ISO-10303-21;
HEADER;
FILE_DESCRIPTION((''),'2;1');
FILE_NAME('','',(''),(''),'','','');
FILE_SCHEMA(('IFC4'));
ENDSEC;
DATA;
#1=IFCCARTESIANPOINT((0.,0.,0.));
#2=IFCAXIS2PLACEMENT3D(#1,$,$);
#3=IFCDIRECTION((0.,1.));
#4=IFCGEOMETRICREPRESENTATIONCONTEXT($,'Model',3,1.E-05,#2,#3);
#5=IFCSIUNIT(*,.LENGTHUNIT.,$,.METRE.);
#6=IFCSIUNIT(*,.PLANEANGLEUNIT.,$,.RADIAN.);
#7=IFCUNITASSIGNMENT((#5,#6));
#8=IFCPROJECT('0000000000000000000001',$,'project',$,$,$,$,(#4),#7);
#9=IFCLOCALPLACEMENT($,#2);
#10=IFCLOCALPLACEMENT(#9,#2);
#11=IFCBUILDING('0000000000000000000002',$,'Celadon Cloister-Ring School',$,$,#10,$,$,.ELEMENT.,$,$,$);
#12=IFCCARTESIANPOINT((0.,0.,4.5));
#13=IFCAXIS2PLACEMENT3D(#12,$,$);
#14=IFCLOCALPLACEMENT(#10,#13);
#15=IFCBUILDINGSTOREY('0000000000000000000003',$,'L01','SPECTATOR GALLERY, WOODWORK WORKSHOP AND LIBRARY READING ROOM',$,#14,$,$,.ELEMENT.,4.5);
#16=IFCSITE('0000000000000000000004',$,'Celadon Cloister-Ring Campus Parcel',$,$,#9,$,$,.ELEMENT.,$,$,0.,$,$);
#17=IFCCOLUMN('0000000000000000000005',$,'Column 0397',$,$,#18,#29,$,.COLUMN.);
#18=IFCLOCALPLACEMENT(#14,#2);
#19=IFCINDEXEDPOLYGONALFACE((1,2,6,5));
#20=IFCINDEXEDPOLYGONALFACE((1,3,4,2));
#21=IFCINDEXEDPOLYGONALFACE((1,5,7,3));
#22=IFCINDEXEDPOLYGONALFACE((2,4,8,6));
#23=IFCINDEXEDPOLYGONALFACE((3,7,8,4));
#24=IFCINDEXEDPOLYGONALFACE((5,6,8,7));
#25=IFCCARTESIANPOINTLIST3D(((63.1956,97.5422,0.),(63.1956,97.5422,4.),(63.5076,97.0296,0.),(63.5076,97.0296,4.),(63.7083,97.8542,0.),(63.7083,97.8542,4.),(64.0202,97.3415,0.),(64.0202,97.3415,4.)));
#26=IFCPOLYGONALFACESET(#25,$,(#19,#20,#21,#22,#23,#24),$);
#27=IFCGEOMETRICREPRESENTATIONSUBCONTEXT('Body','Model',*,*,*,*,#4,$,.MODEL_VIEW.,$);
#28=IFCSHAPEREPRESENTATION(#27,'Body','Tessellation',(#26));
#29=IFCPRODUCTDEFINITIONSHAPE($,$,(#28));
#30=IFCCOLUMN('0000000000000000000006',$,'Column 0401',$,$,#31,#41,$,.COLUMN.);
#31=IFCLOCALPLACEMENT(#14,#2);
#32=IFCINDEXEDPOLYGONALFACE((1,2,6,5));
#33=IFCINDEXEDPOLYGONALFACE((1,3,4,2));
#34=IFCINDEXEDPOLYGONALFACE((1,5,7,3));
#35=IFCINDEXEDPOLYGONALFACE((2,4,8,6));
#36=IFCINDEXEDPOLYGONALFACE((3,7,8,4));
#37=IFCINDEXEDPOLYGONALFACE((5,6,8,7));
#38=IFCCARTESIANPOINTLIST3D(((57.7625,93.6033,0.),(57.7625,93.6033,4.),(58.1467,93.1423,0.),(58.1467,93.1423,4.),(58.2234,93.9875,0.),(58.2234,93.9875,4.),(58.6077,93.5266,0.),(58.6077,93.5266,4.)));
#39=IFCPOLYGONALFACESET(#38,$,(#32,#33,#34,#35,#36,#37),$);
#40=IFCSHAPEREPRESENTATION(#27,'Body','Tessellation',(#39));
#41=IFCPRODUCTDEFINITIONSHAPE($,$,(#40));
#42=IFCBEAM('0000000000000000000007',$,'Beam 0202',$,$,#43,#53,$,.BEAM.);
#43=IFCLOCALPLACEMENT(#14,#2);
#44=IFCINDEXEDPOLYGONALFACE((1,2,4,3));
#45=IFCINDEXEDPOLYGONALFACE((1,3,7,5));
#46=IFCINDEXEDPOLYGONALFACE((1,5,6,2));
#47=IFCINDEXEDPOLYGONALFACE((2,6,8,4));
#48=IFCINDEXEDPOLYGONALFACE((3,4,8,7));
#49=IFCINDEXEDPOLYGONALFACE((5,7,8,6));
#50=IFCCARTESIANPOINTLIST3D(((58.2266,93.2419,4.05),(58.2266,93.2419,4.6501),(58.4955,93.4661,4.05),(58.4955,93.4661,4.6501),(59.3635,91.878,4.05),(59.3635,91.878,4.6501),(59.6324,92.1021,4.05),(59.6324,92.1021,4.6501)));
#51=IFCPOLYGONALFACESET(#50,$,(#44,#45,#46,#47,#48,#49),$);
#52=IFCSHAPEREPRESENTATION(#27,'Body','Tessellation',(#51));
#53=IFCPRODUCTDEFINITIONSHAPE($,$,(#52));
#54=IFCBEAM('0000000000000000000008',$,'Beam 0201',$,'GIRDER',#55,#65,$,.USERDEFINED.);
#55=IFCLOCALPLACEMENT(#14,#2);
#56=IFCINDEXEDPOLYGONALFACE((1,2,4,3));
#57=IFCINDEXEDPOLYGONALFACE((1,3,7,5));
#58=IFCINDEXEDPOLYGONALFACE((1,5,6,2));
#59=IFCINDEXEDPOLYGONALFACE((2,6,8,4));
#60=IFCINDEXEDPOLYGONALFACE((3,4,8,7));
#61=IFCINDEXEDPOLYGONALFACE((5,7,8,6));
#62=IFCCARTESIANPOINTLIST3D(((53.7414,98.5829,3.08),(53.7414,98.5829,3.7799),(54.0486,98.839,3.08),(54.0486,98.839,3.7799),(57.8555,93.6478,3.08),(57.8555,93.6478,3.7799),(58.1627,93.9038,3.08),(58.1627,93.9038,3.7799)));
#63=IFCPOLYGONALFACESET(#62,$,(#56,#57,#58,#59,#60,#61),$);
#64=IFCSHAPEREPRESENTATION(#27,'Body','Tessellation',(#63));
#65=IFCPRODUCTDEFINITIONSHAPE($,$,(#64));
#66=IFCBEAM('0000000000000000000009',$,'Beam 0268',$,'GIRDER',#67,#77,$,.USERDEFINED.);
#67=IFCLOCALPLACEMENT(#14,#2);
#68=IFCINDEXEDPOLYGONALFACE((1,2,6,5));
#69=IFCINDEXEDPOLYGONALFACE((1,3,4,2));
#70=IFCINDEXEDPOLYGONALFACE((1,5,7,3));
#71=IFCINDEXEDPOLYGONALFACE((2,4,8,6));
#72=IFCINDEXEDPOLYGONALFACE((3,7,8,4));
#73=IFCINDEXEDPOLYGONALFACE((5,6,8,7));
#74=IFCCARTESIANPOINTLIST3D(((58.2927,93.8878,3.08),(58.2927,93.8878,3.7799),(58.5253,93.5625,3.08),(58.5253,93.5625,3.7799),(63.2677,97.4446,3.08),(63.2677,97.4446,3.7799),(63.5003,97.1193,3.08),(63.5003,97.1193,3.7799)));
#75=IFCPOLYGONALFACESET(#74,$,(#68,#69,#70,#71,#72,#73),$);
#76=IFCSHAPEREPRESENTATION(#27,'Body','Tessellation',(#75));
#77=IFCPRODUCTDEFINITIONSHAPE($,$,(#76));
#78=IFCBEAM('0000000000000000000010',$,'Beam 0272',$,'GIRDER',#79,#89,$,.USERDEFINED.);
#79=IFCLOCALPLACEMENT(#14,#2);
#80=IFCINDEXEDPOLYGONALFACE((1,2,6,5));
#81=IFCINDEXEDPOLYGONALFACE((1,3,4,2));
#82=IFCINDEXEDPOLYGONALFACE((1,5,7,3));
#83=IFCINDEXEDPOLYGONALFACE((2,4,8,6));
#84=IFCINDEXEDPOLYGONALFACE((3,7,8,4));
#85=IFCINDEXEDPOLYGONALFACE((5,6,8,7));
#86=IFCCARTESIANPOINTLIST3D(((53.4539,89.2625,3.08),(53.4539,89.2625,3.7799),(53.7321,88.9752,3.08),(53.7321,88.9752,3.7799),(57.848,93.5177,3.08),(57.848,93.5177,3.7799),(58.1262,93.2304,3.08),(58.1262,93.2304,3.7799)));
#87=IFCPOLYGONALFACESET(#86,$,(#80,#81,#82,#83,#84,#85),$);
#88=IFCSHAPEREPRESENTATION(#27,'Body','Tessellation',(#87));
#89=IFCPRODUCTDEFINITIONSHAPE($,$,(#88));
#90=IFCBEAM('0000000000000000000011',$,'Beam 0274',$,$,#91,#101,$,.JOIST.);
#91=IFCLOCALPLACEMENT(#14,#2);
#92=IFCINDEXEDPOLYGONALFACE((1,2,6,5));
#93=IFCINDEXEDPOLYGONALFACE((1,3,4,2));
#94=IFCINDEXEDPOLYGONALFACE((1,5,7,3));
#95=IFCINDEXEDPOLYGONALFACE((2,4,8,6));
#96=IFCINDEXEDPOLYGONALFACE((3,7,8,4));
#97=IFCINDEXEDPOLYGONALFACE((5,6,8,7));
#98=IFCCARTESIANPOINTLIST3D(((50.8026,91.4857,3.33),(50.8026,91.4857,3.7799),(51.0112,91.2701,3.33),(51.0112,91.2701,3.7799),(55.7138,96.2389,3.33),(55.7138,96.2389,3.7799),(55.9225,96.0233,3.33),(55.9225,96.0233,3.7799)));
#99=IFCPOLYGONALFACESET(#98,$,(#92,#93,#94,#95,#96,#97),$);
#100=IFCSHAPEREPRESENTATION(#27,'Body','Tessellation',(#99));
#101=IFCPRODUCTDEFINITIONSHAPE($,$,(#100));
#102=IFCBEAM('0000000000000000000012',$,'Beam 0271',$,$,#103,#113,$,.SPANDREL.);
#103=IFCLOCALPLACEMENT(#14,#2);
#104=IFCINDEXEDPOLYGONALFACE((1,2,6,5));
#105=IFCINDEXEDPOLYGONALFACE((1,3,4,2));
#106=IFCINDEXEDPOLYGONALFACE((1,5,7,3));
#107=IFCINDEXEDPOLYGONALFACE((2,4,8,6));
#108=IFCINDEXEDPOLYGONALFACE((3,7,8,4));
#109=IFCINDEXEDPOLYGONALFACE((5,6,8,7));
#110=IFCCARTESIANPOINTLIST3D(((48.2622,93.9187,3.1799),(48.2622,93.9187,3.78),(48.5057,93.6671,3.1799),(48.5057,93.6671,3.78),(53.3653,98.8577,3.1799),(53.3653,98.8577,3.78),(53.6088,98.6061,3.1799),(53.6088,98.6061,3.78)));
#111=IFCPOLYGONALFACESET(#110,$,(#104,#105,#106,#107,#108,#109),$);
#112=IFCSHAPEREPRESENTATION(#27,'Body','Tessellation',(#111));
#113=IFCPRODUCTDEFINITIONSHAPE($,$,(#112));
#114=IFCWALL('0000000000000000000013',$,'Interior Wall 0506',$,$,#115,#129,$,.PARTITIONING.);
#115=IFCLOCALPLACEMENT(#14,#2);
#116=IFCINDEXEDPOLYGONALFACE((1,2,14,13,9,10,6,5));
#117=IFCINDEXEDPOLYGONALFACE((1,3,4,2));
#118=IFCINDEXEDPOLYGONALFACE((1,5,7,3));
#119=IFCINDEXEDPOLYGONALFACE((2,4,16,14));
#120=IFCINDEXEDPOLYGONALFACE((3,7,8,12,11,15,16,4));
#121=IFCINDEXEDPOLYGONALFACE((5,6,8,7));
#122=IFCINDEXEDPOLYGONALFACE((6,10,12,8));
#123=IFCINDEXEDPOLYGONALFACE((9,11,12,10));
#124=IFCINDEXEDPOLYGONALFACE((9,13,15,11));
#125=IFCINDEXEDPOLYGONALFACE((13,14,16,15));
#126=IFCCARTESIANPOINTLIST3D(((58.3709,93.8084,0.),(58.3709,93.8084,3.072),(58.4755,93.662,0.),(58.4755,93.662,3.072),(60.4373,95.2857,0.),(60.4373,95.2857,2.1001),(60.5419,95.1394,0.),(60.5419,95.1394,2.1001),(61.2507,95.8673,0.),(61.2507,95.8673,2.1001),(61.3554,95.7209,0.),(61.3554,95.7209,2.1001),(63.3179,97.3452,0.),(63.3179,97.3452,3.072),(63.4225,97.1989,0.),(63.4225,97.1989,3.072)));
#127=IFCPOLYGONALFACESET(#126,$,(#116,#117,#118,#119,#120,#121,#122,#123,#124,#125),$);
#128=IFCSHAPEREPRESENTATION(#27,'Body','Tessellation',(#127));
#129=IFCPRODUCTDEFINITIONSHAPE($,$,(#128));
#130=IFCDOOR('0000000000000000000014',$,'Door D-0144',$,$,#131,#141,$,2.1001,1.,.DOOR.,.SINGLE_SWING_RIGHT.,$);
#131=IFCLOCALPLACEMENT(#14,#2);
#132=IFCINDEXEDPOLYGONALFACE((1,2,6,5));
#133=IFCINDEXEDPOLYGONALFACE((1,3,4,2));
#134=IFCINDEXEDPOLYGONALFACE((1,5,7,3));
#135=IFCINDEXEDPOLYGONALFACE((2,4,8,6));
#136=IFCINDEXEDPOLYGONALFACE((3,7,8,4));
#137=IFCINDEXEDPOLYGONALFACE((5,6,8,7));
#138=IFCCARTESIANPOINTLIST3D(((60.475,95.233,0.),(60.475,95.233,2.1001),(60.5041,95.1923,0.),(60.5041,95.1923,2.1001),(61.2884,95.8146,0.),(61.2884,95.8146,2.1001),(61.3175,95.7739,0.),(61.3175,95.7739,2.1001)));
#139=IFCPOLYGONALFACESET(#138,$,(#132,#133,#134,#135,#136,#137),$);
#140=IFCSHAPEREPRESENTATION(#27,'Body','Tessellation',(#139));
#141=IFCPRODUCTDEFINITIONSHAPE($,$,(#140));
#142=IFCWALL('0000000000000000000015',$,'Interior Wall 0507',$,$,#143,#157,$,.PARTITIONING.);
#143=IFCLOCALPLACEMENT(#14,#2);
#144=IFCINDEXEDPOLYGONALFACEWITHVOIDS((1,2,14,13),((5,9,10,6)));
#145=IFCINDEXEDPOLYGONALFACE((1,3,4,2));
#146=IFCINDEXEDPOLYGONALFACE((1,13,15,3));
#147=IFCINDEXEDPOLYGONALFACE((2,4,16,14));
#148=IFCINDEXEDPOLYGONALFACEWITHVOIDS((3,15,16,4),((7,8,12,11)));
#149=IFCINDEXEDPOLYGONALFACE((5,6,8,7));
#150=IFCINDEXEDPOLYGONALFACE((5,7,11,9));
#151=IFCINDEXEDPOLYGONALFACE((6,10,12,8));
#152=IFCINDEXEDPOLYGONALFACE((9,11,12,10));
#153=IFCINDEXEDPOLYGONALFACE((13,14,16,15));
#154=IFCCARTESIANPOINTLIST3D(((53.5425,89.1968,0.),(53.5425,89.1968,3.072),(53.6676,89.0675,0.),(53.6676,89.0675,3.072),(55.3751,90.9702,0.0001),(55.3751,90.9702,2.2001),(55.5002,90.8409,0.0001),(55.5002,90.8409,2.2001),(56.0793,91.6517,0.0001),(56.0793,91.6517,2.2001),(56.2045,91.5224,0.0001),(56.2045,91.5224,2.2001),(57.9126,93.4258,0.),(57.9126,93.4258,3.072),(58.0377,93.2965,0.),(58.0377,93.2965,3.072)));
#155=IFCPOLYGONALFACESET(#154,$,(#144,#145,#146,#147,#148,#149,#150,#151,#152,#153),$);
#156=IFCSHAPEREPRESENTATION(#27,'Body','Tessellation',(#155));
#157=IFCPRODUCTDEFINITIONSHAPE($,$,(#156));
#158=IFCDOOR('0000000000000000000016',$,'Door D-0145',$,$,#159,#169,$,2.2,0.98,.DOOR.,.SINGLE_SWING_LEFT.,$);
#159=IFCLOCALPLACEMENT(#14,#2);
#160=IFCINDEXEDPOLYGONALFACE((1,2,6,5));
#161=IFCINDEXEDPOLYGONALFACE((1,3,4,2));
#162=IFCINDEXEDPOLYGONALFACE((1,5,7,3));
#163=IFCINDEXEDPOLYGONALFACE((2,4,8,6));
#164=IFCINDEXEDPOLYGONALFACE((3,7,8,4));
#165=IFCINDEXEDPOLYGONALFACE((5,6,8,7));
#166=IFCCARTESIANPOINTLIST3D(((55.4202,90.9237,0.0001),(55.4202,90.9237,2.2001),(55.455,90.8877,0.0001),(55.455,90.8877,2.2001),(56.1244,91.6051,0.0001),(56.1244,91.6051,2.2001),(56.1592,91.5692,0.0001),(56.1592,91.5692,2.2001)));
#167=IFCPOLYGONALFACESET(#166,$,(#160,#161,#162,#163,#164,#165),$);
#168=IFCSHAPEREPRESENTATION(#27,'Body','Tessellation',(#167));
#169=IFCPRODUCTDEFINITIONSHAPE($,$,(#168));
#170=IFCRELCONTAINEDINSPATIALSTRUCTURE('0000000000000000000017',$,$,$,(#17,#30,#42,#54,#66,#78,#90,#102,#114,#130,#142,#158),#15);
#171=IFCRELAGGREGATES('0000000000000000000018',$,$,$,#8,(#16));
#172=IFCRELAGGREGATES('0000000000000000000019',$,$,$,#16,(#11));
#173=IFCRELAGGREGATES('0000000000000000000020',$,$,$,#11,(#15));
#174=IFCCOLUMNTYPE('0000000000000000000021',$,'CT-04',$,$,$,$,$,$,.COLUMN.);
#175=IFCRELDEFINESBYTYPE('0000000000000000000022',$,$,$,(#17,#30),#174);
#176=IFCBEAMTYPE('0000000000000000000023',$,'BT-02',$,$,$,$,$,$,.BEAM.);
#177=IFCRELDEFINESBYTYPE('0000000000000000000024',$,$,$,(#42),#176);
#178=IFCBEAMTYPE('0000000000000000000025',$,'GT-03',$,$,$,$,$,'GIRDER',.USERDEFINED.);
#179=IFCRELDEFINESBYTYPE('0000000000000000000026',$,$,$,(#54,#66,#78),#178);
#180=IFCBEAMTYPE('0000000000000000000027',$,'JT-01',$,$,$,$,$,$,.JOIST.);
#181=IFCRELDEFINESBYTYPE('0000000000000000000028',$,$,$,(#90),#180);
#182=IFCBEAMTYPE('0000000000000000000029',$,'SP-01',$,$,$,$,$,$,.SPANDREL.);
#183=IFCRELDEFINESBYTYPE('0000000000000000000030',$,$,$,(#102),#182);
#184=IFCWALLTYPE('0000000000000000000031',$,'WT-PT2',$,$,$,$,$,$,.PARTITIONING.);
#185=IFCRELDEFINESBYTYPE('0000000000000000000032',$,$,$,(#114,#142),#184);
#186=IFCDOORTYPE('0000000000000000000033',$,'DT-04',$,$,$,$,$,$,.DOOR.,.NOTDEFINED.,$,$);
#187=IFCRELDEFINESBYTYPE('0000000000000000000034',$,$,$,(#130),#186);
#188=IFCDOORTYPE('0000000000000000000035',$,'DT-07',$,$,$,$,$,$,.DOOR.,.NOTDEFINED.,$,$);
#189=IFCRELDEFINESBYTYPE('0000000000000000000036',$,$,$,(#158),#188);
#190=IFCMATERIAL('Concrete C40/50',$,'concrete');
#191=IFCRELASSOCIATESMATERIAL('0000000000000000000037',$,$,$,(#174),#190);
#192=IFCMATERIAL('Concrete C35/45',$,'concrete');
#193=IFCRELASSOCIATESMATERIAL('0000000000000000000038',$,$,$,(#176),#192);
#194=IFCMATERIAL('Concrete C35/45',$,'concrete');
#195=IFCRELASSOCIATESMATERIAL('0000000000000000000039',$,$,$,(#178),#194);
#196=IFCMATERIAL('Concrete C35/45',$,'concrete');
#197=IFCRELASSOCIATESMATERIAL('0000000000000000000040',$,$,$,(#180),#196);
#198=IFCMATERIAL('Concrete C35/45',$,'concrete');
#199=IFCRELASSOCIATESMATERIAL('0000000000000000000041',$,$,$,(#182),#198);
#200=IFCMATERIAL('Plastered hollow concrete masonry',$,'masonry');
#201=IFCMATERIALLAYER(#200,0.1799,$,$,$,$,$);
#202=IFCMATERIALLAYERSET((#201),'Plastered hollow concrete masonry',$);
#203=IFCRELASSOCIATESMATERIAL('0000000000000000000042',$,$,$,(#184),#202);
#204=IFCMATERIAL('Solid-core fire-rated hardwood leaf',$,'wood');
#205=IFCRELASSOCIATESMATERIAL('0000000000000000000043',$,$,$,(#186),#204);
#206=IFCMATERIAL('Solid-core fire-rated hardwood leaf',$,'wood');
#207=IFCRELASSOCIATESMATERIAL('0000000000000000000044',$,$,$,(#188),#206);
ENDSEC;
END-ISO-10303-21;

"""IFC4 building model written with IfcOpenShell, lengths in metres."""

from ifc_helpers import new_model, si_unit, direction, frame, frame_2d, origin, origin_2d, place, context, subcontext, project, spatial, rectangle, extrude, material, layer, layer_set, material_profile, profile_set, type_object, element, fill, save


model = new_model("IFC4")

# Units and contexts
model_context = context("Model", 3, precision=1e-05, world=origin(), true_north=direction((0.0, 1.0)))
body_context = subcontext(model_context, "Body", "Model", "MODEL_VIEW")
ifc_project = project(units=[si_unit("LENGTHUNIT", "METRE"), si_unit("PLANEANGLEUNIT", "RADIAN")], contexts=[model_context])

# Site, building, storey
site_placement = place(None, origin())
site = spatial("IfcSite", under=ifc_project, at=site_placement, Name="Celadon Cloister-Ring Campus Parcel", CompositionType="ELEMENT", RefElevation=0.0)
building_placement = place(site_placement, origin())
building = spatial("IfcBuilding", under=site, at=building_placement, Name="Celadon Cloister-Ring School", CompositionType="ELEMENT")
storey_placement = place(building_placement, frame((0.0, 0.0, 4.5)))
storey = spatial("IfcBuildingStorey", under=building, at=storey_placement, Name="L01", Description="SPECTATOR GALLERY, WOODWORK WORKSHOP AND LIBRARY READING ROOM", CompositionType="ELEMENT", Elevation=4.5)

# Columns
ifc_material_1 = material(Name="Concrete C40/50", Category="concrete")
ifc_material_profile_1 = material_profile(ifc_material_1, rectangle(XDim=0.6001, YDim=0.6001, at=origin_2d()), Name="RC600X600")
ifc_profile_set_1 = profile_set([ifc_material_profile_1], Name="Concrete C40/50")
column_type = type_object("IfcColumnType", Name="CT-04", PredefinedType="COLUMN", material=ifc_profile_set_1)
for number, where, z_axis, x_axis, name in (
    (1, (63.6079, 97.4419, 0.0), (0.0, 0.0, 1.0), (-0.519817, 0.854277, 0.0), "Column 0397"),
    (2, (58.1851, 93.5649, 0.0), (0.0, 0.0, 1.0), (-0.640324, 0.768105, 0.0), "Column 0401"),
):
    element("IfcColumn", number, at=place(storey_placement, frame(where, z_axis=z_axis, x_axis=x_axis)), inside=storey, type_object=column_type, Name=name, PredefinedType="COLUMN", context=body_context, shape_type="SweptSolid", body=[
        extrude(rectangle(XDim=0.6001, YDim=0.6001, at=origin_2d()), origin(), (0.0, 0.0, 1.0), 4.0),
    ])

# Beams
ifc_material_2 = material(Name="Concrete C35/45", Category="concrete")
ifc_material_profile_2 = material_profile(ifc_material_2, rectangle(XDim=0.3501, YDim=0.6001, at=origin_2d()), Name="RC350X600")
ifc_profile_set_2 = profile_set([ifc_material_profile_2], Name="Concrete C35/45")
beam_type_1 = type_object("IfcBeamType", Name="BT-02", PredefinedType="BEAM", material=ifc_profile_set_2)
beam_1_placement = place(storey_placement, frame((58.3611, 93.354, 4.3501), z_axis=(0.640279, -0.768142, 0.0), x_axis=(0.768142, 0.640279, 0.0)))
element("IfcBeam", 3, at=beam_1_placement, inside=storey, type_object=beam_type_1, Name="Beam 0202", PredefinedType="BEAM", context=body_context, shape_type="SweptSolid", body=[
    extrude(rectangle(XDim=0.3501, YDim=0.6001, at=origin_2d()), origin(), (0.0, 0.0, 1.0), 1.7756),
])
ifc_material_3 = material(Name="Concrete C35/45", Category="concrete")
ifc_material_profile_3 = material_profile(ifc_material_3, rectangle(XDim=0.3999, YDim=0.7, at=origin_2d()), Name="RC400X700")
ifc_profile_set_3 = profile_set([ifc_material_profile_3], Name="Concrete C35/45")
beam_type_2 = type_object("IfcBeamType", Name="GT-03", ElementType="GIRDER", PredefinedType="USERDEFINED", material=ifc_profile_set_3)
beam_2_placement = place(storey_placement, frame((53.895, 98.7109, 3.4299), z_axis=(0.640319, -0.768109, 0.0), x_axis=(0.768109, 0.640319, 0.0)))
element("IfcBeam", 4, at=beam_2_placement, inside=storey, type_object=beam_type_2, Name="Beam 0201", ObjectType="GIRDER", PredefinedType="USERDEFINED", context=body_context, shape_type="SweptSolid", body=[
    extrude(rectangle(XDim=0.3999, YDim=0.7, at=origin_2d()), origin(), (0.0, 0.0, 1.0), 6.425),
])
beam_3_placement = place(storey_placement, frame((63.384, 97.282, 3.4299), z_axis=(-0.813483, -0.581589, 0.0), x_axis=(0.581589, -0.813483, 0.0)))
element("IfcBeam", 5, at=beam_3_placement, inside=storey, type_object=beam_type_2, Name="Beam 0268", ObjectType="GIRDER", PredefinedType="USERDEFINED", context=body_context, shape_type="SweptSolid", body=[
    extrude(rectangle(XDim=0.3999, YDim=0.7, at=origin_2d()), origin(), (0.0, 0.0, 1.0), 6.1157),
])
beam_4_placement = place(storey_placement, frame((57.9871, 93.374, 3.4299), z_axis=(-0.718371, -0.69566, 0.0), x_axis=(0.69566, -0.718371, 0.0)))
element("IfcBeam", 6, at=beam_4_placement, inside=storey, type_object=beam_type_2, Name="Beam 0272", ObjectType="GIRDER", PredefinedType="USERDEFINED", context=body_context, shape_type="SweptSolid", body=[
    extrude(rectangle(XDim=0.3999, YDim=0.7, at=origin_2d()), origin(), (0.0, 0.0, 1.0), 6.1167),
])
ifc_material_4 = material(Name="Concrete C35/45", Category="concrete")
ifc_material_profile_4 = material_profile(ifc_material_4, rectangle(XDim=0.3, YDim=0.45, at=origin_2d()), Name="RC300X450")
ifc_profile_set_4 = profile_set([ifc_material_profile_4], Name="Concrete C35/45")
beam_type_3 = type_object("IfcBeamType", Name="JT-01", PredefinedType="JOIST", material=ifc_profile_set_4)
beam_5_placement = place(storey_placement, frame((55.8181, 96.1311, 3.5549), z_axis=(-0.718568, -0.695457, 0.0), x_axis=(0.695457, -0.718568, 0.0)))
element("IfcBeam", 7, at=beam_5_placement, inside=storey, type_object=beam_type_3, Name="Beam 0274", PredefinedType="JOIST", context=body_context, shape_type="SweptSolid", body=[
    extrude(rectangle(XDim=0.3, YDim=0.45, at=origin_2d()), origin(), (0.0, 0.0, 1.0), 6.8347),
])
ifc_material_5 = material(Name="Concrete C35/45", Category="concrete")
ifc_material_profile_5 = material_profile(ifc_material_5, rectangle(XDim=0.3501, YDim=0.6001, at=origin_2d()), Name="RC350X600")
ifc_profile_set_5 = profile_set([ifc_material_profile_5], Name="Concrete C35/45")
beam_type_4 = type_object("IfcBeamType", Name="SP-01", PredefinedType="SPANDREL", material=ifc_profile_set_5)
beam_6_placement = place(storey_placement, frame((53.4871, 98.7319, 3.48), z_axis=(-0.718563, -0.695462, 0.0), x_axis=(0.695462, -0.718563, 0.0)))
element("IfcBeam", 8, at=beam_6_placement, inside=storey, type_object=beam_type_4, Name="Beam 0271", PredefinedType="SPANDREL", context=body_context, shape_type="SweptSolid", body=[
    extrude(rectangle(XDim=0.3501, YDim=0.6001, at=origin_2d()), origin(), (0.0, 0.0, 1.0), 7.1018),
])

# Walls, openings, doors
ifc_material_6 = material(Name="Plastered hollow concrete masonry", Category="masonry")
ifc_layer_1 = layer(ifc_material_6, 0.1799)
ifc_layer_set_1 = layer_set([ifc_layer_1], Name="Plastered hollow concrete masonry")
wall_type = type_object("IfcWallType", Name="WT-PT2", PredefinedType="PARTITIONING", material=ifc_layer_set_1)
wall_1_placement = place(storey_placement, frame((63.3701, 97.272, 0.0), z_axis=(0.0, 0.0, 1.0), x_axis=(-0.813478, -0.581595, 0.0)))
wall_1 = element("IfcWall", 9, at=wall_1_placement, inside=storey, type_object=wall_type, Name="Interior Wall 0506", PredefinedType="PARTITIONING", context=body_context, shape_type="SweptSolid", body=[
    extrude(rectangle(XDim=6.0813, YDim=0.1799, at=frame_2d((3.0405, 0.0))), origin(), (0.0, 0.0, 1.0), 3.072),
])
opening_1_placement = place(wall_1_placement, frame((2.541, 0.0, 0.0)))
opening_1 = element("IfcOpeningElement", 10, at=opening_1_placement, cuts=wall_1, PredefinedType="OPENING", context=body_context, shape_type="SweptSolid", body=[
    extrude(rectangle(XDim=1.0, YDim=2.1001, at=frame_2d((0.5, 1.05))), frame((0.0, 0.1001, 0.0), z_axis=(0.0, -1.0, 0.0), x_axis=(1.0, 0.0, 0.0)), (0.0, 0.0, 1.0), 0.2),
])
ifc_material_7 = material(Name="Solid-core fire-rated hardwood leaf", Category="wood")
door_type_1 = type_object("IfcDoorType", Name="DT-04", OperationType="NOTDEFINED", PredefinedType="DOOR", material=ifc_material_7)
door_1_placement = place(opening_1_placement, origin())
door_1 = element("IfcDoor", 11, at=door_1_placement, inside=storey, type_object=door_type_1, Name="Door D-0144", OperationType="SINGLE_SWING_RIGHT", OverallHeight=2.1001, OverallWidth=1.0, PredefinedType="DOOR", context=body_context, shape_type="SweptSolid", body=[
    extrude(rectangle(XDim=1.0, YDim=2.1001, at=frame_2d((0.5, 1.05))), frame((0.0, 0.0249, 0.0), z_axis=(0.0, -1.0, 0.0), x_axis=(1.0, 0.0, 0.0)), (0.0, 0.0, 1.0), 0.05),
])
fill(opening_1, door_1)
wall_2_placement = place(storey_placement, frame((57.9751, 93.3611, 0.0), z_axis=(0.0, 0.0, 1.0), x_axis=(-0.718614, -0.695409, 0.0)))
wall_2 = element("IfcWall", 12, at=wall_2_placement, inside=storey, type_object=wall_type, Name="Interior Wall 0507", PredefinedType="PARTITIONING", context=body_context, shape_type="SweptSolid", body=[
    extrude(rectangle(XDim=6.0813, YDim=0.1799, at=frame_2d((3.0405, 0.0))), origin(), (0.0, 0.0, 1.0), 3.072),
])
opening_2_placement = place(wall_2_placement, frame((2.551, 0.0, 0.0)))
opening_2 = element("IfcOpeningElement", 13, at=opening_2_placement, cuts=wall_2, PredefinedType="OPENING", context=body_context, shape_type="SweptSolid", body=[
    extrude(rectangle(XDim=0.98, YDim=2.2, at=frame_2d((0.49, 1.1001))), frame((0.0, 0.1001, 0.0), z_axis=(0.0, -1.0, 0.0), x_axis=(1.0, 0.0, 0.0)), (0.0, 0.0, 1.0), 0.2),
])
ifc_material_8 = material(Name="Solid-core fire-rated hardwood leaf", Category="wood")
door_type_2 = type_object("IfcDoorType", Name="DT-07", OperationType="NOTDEFINED", PredefinedType="DOOR", material=ifc_material_8)
door_2_placement = place(opening_2_placement, origin())
door_2 = element("IfcDoor", 14, at=door_2_placement, inside=storey, type_object=door_type_2, Name="Door D-0145", OperationType="SINGLE_SWING_LEFT", OverallHeight=2.2, OverallWidth=0.98, PredefinedType="DOOR", context=body_context, shape_type="SweptSolid", body=[
    extrude(rectangle(XDim=0.98, YDim=2.2, at=frame_2d((0.49, 1.1001))), frame((0.0, 0.0249, 0.0), z_axis=(0.0, -1.0, 0.0), x_axis=(1.0, 0.0, 0.0)), (0.0, 0.0, 1.0), 0.05),
])
fill(opening_2, door_2)

save(model, "model.ifc")
